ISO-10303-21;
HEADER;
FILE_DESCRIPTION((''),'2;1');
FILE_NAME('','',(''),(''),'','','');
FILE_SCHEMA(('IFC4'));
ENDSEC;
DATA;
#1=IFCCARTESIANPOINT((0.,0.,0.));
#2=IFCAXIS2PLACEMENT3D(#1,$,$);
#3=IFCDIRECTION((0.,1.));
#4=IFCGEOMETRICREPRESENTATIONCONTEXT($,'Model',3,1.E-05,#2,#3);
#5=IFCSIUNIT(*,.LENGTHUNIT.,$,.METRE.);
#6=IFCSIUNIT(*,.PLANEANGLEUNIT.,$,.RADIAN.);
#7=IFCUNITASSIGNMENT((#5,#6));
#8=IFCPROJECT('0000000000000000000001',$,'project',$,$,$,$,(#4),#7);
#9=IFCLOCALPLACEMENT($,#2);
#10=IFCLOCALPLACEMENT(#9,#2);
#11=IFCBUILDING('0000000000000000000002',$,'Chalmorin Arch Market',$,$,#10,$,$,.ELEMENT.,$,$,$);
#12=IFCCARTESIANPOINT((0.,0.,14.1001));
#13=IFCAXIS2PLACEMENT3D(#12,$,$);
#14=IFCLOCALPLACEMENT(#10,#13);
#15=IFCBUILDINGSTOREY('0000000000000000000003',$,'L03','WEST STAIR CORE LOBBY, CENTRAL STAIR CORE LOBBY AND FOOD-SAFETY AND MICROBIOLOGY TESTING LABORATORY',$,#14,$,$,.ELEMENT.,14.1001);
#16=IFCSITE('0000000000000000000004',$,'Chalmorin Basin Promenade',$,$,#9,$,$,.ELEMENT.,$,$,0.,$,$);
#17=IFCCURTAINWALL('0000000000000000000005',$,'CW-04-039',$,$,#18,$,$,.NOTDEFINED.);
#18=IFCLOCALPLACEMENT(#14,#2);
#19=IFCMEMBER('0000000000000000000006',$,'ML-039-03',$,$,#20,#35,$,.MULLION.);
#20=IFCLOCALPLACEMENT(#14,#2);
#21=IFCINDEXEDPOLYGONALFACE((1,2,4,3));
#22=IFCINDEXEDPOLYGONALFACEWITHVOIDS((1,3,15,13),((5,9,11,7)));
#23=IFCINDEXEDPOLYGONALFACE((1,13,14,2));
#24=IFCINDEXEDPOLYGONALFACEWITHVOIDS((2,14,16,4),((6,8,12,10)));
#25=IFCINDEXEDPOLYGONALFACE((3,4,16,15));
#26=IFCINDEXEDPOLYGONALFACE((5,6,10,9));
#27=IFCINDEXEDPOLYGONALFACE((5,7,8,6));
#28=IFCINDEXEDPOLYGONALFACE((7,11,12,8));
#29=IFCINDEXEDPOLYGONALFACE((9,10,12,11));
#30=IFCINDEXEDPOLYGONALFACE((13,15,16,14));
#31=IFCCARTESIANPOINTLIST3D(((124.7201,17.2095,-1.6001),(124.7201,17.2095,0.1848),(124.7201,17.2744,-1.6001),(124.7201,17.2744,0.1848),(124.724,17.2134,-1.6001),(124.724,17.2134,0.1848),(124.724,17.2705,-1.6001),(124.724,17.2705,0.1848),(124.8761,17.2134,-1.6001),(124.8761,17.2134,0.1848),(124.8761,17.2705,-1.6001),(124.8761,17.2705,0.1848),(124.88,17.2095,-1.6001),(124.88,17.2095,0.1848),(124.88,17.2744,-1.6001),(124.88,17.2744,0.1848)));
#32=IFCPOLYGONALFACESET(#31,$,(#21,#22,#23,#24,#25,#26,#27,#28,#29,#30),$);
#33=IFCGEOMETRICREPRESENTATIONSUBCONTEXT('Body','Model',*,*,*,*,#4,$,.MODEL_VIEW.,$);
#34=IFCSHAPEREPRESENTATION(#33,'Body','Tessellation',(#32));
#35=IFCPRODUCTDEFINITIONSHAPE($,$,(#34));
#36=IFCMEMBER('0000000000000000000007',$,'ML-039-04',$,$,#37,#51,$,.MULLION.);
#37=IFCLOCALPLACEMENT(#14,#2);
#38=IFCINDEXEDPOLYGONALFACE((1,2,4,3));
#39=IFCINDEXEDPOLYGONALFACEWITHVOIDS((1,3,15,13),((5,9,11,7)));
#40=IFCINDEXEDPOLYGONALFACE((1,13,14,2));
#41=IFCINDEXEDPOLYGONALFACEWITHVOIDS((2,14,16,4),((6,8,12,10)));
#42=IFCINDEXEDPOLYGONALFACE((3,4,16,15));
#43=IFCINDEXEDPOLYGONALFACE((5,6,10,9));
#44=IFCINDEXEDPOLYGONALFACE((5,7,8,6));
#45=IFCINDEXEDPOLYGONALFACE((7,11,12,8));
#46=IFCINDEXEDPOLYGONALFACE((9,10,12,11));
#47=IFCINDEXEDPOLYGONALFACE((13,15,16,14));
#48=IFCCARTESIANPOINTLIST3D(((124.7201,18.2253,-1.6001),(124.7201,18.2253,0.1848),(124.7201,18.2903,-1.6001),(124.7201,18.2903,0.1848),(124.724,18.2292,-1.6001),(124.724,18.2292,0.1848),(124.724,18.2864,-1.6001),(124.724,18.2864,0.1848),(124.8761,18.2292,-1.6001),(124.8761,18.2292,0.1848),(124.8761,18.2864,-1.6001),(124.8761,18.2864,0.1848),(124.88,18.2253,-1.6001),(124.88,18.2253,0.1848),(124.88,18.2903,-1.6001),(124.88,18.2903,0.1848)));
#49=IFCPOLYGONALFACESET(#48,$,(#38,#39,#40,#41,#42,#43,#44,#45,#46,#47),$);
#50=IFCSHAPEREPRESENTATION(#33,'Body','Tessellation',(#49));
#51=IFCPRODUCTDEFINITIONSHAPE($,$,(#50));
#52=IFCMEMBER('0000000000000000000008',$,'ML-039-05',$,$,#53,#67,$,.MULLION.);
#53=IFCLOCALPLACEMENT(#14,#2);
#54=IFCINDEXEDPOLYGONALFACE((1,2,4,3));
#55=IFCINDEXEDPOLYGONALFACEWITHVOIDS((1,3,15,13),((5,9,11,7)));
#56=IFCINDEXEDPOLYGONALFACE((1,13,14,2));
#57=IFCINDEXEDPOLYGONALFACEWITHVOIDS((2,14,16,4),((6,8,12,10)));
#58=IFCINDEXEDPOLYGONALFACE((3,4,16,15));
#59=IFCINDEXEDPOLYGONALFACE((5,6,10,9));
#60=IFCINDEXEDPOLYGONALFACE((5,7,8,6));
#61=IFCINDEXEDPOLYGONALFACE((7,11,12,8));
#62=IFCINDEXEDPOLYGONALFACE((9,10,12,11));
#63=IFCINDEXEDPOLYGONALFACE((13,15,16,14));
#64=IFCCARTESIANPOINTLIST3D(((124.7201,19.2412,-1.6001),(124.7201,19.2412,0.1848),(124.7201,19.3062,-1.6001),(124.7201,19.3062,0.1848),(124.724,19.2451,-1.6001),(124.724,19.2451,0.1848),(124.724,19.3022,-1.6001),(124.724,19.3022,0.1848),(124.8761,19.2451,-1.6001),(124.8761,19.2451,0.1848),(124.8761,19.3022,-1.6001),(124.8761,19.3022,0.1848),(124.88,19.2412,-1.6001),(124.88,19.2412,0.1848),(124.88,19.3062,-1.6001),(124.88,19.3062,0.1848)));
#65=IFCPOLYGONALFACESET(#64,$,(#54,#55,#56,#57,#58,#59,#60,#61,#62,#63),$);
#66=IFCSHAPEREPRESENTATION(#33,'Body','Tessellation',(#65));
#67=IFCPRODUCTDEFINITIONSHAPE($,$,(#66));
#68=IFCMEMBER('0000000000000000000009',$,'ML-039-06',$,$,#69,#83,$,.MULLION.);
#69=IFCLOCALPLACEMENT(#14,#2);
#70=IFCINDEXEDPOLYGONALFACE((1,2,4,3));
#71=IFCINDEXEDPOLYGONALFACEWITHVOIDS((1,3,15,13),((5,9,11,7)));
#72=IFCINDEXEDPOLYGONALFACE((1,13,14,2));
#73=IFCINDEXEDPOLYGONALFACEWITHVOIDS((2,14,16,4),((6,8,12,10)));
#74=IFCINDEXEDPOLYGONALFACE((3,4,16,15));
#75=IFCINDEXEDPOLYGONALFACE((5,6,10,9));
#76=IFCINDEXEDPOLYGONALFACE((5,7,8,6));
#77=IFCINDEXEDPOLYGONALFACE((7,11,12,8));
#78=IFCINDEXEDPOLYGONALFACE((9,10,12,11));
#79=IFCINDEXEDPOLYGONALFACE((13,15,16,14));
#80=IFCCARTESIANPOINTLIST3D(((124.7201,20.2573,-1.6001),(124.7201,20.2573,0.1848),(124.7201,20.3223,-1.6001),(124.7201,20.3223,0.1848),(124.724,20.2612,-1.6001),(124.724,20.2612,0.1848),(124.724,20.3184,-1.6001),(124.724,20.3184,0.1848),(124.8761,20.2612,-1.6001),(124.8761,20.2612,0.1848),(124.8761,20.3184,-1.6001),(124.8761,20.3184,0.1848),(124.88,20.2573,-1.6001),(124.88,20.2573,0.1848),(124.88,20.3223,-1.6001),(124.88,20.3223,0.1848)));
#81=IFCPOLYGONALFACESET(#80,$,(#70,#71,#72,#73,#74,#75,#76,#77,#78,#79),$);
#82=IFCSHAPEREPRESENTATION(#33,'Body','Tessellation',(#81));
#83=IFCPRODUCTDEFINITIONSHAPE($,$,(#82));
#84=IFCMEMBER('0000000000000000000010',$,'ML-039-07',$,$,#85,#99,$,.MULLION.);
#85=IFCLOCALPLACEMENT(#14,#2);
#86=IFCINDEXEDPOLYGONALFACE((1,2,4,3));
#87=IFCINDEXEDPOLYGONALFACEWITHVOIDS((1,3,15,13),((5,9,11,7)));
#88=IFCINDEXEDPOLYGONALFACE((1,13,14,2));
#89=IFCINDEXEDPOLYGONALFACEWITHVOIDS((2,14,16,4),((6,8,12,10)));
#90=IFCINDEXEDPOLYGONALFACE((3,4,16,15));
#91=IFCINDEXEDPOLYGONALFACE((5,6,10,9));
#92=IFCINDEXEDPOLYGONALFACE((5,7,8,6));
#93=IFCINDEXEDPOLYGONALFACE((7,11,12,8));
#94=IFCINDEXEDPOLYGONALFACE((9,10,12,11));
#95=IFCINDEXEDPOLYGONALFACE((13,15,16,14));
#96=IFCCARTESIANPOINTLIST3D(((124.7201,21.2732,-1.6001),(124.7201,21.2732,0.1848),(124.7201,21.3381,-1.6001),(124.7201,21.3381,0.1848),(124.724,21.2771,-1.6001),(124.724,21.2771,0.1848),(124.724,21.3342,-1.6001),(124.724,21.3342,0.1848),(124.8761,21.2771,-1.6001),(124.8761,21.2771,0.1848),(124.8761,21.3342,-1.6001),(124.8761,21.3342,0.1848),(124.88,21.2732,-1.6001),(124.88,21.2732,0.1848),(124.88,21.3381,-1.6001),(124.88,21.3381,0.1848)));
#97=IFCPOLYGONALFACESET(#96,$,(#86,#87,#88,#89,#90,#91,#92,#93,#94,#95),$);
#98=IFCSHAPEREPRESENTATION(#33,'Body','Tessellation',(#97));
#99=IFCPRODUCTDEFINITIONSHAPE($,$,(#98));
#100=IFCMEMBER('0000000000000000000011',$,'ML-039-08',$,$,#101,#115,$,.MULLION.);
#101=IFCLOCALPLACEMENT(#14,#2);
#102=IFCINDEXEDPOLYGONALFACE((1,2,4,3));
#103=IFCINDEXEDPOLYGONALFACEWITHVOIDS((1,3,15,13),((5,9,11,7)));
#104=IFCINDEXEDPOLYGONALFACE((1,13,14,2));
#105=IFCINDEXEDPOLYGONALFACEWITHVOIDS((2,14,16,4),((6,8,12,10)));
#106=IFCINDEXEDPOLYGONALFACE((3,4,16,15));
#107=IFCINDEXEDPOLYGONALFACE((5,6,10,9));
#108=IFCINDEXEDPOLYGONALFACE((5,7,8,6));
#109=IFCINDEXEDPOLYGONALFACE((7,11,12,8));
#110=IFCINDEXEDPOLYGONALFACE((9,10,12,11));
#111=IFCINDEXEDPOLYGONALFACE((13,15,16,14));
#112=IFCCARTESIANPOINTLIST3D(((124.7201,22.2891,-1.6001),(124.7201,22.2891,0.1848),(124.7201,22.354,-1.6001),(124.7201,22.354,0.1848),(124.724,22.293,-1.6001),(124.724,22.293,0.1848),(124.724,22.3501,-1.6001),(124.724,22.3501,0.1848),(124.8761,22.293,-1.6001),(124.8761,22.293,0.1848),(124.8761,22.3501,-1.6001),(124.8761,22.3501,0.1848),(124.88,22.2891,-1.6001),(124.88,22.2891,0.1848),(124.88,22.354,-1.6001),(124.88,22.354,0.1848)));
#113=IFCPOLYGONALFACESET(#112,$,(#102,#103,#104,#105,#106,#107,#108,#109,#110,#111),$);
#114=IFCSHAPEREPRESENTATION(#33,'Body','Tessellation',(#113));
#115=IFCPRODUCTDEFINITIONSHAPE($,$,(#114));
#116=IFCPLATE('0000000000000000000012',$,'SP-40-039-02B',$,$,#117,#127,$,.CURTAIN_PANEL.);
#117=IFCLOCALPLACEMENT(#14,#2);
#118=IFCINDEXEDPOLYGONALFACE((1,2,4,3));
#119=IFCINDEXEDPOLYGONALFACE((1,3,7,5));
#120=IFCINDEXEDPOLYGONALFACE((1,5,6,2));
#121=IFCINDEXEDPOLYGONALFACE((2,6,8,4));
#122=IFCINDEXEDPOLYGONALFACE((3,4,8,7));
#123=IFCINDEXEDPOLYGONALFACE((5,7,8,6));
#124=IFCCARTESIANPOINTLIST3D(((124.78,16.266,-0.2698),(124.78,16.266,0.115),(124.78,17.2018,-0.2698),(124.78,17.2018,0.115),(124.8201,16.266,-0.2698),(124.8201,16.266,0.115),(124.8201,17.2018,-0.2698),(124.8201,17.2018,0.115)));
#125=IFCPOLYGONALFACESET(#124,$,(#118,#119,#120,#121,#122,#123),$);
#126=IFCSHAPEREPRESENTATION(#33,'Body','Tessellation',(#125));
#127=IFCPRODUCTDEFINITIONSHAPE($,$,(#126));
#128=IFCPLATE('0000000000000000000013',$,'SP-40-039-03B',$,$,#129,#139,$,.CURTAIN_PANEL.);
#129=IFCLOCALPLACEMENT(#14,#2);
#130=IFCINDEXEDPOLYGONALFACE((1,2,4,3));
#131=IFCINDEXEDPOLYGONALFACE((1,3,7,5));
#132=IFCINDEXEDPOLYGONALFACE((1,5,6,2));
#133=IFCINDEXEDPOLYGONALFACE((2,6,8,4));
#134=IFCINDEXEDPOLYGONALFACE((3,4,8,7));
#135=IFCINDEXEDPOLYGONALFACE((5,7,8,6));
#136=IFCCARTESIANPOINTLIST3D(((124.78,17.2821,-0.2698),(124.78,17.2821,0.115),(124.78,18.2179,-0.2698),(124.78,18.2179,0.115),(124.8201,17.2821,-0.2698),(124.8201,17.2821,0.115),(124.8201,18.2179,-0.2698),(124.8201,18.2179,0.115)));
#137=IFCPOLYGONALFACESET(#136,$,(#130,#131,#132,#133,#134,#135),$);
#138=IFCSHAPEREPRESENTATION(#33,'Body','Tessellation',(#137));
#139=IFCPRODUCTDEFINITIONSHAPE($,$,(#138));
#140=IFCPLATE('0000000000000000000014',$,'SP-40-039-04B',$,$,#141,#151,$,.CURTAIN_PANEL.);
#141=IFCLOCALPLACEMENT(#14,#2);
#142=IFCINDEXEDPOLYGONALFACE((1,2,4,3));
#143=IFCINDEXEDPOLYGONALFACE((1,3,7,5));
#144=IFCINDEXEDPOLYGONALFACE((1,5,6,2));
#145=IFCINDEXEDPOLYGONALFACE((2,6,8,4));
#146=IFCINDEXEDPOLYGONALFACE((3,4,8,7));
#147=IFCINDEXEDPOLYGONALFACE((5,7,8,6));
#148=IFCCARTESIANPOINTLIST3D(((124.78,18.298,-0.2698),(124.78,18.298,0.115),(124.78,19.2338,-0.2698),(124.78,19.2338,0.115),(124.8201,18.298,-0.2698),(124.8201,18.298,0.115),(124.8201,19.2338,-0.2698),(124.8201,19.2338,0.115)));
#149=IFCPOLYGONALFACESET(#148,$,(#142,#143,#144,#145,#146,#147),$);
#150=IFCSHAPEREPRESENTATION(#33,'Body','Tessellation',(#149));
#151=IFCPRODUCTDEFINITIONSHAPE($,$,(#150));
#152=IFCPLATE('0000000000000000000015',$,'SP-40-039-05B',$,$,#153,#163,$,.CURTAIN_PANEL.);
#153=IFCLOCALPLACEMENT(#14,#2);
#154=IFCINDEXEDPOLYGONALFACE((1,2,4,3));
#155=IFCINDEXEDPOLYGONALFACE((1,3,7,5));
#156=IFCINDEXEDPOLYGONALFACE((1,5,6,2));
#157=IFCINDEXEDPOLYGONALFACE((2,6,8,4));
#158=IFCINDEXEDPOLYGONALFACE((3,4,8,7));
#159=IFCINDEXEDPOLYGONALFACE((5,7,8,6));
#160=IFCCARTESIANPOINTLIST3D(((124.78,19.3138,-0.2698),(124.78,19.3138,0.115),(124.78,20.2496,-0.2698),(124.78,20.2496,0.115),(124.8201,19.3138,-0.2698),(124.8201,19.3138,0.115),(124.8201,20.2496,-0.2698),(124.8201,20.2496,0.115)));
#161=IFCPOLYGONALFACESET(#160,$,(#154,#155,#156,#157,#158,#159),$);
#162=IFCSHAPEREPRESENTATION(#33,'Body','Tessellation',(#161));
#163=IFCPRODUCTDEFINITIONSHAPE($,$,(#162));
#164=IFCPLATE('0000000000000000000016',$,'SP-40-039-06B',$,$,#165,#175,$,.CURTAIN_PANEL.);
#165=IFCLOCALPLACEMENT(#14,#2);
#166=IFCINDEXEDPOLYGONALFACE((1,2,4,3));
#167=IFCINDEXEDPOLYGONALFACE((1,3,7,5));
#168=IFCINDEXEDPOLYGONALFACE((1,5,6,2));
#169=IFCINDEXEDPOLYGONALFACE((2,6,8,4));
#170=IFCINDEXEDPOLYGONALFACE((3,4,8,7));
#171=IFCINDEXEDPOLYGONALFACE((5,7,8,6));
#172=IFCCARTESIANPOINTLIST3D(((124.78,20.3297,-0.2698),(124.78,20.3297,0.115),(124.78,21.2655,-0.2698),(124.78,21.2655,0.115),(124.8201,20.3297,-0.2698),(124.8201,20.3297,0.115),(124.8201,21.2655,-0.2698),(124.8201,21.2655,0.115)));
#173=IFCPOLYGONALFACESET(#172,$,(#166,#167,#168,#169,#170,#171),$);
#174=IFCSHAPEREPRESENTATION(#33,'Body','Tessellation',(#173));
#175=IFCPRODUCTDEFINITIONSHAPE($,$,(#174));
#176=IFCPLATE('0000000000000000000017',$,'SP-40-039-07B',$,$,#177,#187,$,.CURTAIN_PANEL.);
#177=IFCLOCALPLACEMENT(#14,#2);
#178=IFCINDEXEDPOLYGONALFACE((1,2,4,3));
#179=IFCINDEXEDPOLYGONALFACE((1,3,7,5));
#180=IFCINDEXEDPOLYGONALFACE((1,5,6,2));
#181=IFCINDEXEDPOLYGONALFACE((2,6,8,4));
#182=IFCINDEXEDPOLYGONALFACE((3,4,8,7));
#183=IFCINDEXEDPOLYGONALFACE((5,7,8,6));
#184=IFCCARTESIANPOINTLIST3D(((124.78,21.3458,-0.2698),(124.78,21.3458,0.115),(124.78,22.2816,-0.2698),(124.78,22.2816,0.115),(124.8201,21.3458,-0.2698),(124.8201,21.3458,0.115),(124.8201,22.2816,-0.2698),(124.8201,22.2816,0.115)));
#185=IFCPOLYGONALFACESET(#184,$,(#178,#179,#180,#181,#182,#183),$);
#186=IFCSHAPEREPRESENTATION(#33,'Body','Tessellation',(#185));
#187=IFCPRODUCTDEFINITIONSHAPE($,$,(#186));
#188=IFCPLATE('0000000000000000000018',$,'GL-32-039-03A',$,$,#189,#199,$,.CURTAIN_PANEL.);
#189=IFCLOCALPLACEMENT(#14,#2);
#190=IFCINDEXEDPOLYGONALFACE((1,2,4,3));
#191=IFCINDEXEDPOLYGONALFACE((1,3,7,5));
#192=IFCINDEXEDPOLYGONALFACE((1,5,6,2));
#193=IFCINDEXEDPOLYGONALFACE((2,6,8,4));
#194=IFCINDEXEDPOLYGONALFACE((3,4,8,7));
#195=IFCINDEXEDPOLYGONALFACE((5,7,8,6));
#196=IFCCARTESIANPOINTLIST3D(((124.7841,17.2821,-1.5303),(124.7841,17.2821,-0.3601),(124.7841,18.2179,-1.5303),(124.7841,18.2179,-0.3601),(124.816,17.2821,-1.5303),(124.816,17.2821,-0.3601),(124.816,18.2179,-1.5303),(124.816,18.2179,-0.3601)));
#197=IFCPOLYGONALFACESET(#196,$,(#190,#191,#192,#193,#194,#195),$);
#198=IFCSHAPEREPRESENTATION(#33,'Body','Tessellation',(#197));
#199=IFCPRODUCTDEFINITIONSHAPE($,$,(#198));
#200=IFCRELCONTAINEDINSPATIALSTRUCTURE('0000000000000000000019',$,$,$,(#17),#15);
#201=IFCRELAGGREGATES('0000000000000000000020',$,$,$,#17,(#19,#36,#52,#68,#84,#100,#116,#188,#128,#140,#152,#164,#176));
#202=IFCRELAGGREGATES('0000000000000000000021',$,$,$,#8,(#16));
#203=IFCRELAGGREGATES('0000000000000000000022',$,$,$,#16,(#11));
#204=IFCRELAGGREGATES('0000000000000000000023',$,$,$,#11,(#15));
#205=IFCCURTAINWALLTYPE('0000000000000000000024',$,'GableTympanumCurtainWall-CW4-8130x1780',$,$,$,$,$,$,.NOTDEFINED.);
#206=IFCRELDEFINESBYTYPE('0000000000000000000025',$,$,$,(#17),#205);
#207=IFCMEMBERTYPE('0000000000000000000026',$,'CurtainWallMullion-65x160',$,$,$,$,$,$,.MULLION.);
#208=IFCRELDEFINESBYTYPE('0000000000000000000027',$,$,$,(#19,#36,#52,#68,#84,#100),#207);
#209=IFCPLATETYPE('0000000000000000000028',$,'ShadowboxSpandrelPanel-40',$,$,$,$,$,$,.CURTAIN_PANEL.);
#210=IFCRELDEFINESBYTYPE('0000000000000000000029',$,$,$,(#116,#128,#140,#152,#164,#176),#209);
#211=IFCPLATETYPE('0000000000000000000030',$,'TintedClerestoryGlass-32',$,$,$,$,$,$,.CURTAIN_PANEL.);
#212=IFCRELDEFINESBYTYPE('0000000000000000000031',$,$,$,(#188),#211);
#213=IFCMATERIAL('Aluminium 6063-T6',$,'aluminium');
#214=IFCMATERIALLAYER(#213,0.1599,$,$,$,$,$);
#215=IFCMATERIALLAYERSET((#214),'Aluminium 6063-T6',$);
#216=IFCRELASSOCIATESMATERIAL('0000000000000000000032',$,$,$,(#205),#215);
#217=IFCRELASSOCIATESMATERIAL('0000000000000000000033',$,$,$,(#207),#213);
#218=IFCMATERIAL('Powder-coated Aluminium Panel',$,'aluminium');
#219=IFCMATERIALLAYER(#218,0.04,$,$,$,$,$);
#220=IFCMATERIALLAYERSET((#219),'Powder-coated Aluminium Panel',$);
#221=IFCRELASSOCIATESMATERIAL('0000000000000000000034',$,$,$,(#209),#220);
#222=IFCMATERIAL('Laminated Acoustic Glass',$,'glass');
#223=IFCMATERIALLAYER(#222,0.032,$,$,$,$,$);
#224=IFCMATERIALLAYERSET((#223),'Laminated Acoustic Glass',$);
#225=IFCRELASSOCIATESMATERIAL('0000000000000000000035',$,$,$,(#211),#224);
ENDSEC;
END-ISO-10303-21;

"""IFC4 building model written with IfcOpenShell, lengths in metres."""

from ifc_helpers import new_model, si_unit, direction, frame, origin, origin_2d, place, context, subcontext, project, spatial, rectangle, hollow_rectangle, extrude, material, layer, layer_set, material_profile, profile_set, type_object, element, aggregate, save


model = new_model("IFC4")

# Units and contexts
model_context = context("Model", 3, precision=1e-05, world=origin(), true_north=direction((0.0, 1.0)))
body_context = subcontext(model_context, "Body", "Model", "MODEL_VIEW")
ifc_project = project(units=[si_unit("LENGTHUNIT", "METRE"), si_unit("PLANEANGLEUNIT", "RADIAN")], contexts=[model_context])

# Site, building, storey
site_placement = place(None, origin())
site = spatial("IfcSite", under=ifc_project, at=site_placement, Name="Chalmorin Basin Promenade", CompositionType="ELEMENT", RefElevation=0.0)
building_placement = place(site_placement, origin())
building = spatial("IfcBuilding", under=site, at=building_placement, Name="Chalmorin Arch Market", CompositionType="ELEMENT")
storey_placement = place(building_placement, frame((0.0, 0.0, 14.1001)))
storey = spatial("IfcBuildingStorey", under=building, at=storey_placement, Name="L03", Description="WEST STAIR CORE LOBBY, CENTRAL STAIR CORE LOBBY AND FOOD-SAFETY AND MICROBIOLOGY TESTING LABORATORY", CompositionType="ELEMENT", Elevation=14.1001)

# Curtain wall, members, plates
ifc_material_1 = material(Name="Aluminium 6063-T6", Category="aluminium")
ifc_layer_1 = layer(ifc_material_1, 0.1599)
ifc_layer_set_1 = layer_set([ifc_layer_1], Name="Aluminium 6063-T6")
curtain_wall_type = type_object("IfcCurtainWallType", Name="GableTympanumCurtainWall-CW4-8130x1780", PredefinedType="NOTDEFINED", material=ifc_layer_set_1)
curtain_wall_placement = place(storey_placement, origin())
curtain_wall = element("IfcCurtainWall", 1, at=curtain_wall_placement, inside=storey, type_object=curtain_wall_type, Name="CW-04-039", PredefinedType="NOTDEFINED")
ifc_material_profile = material_profile(ifc_material_1, hollow_rectangle(XDim=0.0649, YDim=0.1599, WallThickness=0.0039, at=origin_2d()), Name="ALU65X160X4")
ifc_profile_set = profile_set([ifc_material_profile], Name="Aluminium 6063-T6")
member_type = type_object("IfcMemberType", Name="CurtainWallMullion-65x160", PredefinedType="MULLION", material=ifc_profile_set)
member_1_placement = place(storey_placement, frame((124.8, 17.2419, -1.6001), z_axis=(0.0, 0.0, 1.0), x_axis=(0.0, 1.0, 0.0)))
member_1 = element("IfcMember", 2, at=member_1_placement, type_object=member_type, Name="ML-039-03", PredefinedType="MULLION", context=body_context, shape_type="SweptSolid", body=[
    extrude(hollow_rectangle(XDim=0.0649, YDim=0.1599, WallThickness=0.0039, at=origin_2d()), origin(), (0.0, 0.0, 1.0), 1.7849),
])
member_2_placement = place(storey_placement, frame((124.8, 18.2578, -1.6001), z_axis=(0.0, 0.0, 1.0), x_axis=(0.0, 1.0, 0.0)))
member_2 = element("IfcMember", 3, at=member_2_placement, type_object=member_type, Name="ML-039-04", PredefinedType="MULLION", context=body_context, shape_type="SweptSolid", body=[
    extrude(hollow_rectangle(XDim=0.0649, YDim=0.1599, WallThickness=0.0039, at=origin_2d()), origin(), (0.0, 0.0, 1.0), 1.7849),
])
member_3_placement = place(storey_placement, frame((124.8, 19.2737, -1.6001), z_axis=(0.0, 0.0, 1.0), x_axis=(0.0, 1.0, 0.0)))
member_3 = element("IfcMember", 4, at=member_3_placement, type_object=member_type, Name="ML-039-05", PredefinedType="MULLION", context=body_context, shape_type="SweptSolid", body=[
    extrude(hollow_rectangle(XDim=0.0649, YDim=0.1599, WallThickness=0.0039, at=origin_2d()), origin(), (0.0, 0.0, 1.0), 1.7849),
])
member_4_placement = place(storey_placement, frame((124.8, 20.2898, -1.6001), z_axis=(0.0, 0.0, 1.0), x_axis=(0.0, 1.0, 0.0)))
member_4 = element("IfcMember", 5, at=member_4_placement, type_object=member_type, Name="ML-039-06", PredefinedType="MULLION", context=body_context, shape_type="SweptSolid", body=[
    extrude(hollow_rectangle(XDim=0.0649, YDim=0.1599, WallThickness=0.0039, at=origin_2d()), origin(), (0.0, 0.0, 1.0), 1.7849),
])
member_5_placement = place(storey_placement, frame((124.8, 21.3057, -1.6001), z_axis=(0.0, 0.0, 1.0), x_axis=(0.0, 1.0, 0.0)))
member_5 = element("IfcMember", 6, at=member_5_placement, type_object=member_type, Name="ML-039-07", PredefinedType="MULLION", context=body_context, shape_type="SweptSolid", body=[
    extrude(hollow_rectangle(XDim=0.0649, YDim=0.1599, WallThickness=0.0039, at=origin_2d()), origin(), (0.0, 0.0, 1.0), 1.7849),
])
member_6_placement = place(storey_placement, frame((124.8, 22.3215, -1.6001), z_axis=(0.0, 0.0, 1.0), x_axis=(0.0, 1.0, 0.0)))
member_6 = element("IfcMember", 7, at=member_6_placement, type_object=member_type, Name="ML-039-08", PredefinedType="MULLION", context=body_context, shape_type="SweptSolid", body=[
    extrude(hollow_rectangle(XDim=0.0649, YDim=0.1599, WallThickness=0.0039, at=origin_2d()), origin(), (0.0, 0.0, 1.0), 1.7849),
])
ifc_material_2 = material(Name="Powder-coated Aluminium Panel", Category="aluminium")
ifc_layer_2 = layer(ifc_material_2, 0.04)
ifc_layer_set_2 = layer_set([ifc_layer_2], Name="Powder-coated Aluminium Panel")
plate_type_1 = type_object("IfcPlateType", Name="ShadowboxSpandrelPanel-40", PredefinedType="CURTAIN_PANEL", material=ifc_layer_set_2)
plate_1_placement = place(storey_placement, frame((124.8, 16.7339, -0.2698), z_axis=(0.0, 0.0, 1.0), x_axis=(0.0, 1.0, 0.0)))
plate_1 = element("IfcPlate", 8, at=plate_1_placement, type_object=plate_type_1, Name="SP-40-039-02B", PredefinedType="CURTAIN_PANEL", context=body_context, shape_type="SweptSolid", body=[
    extrude(rectangle(XDim=0.9358, YDim=0.04, at=origin_2d()), origin(), (0.0, 0.0, 1.0), 0.3848),
])
plate_2_placement = place(storey_placement, frame((124.8, 17.75, -0.2698), z_axis=(0.0, 0.0, 1.0), x_axis=(0.0, 1.0, 0.0)))
plate_2 = element("IfcPlate", 9, at=plate_2_placement, type_object=plate_type_1, Name="SP-40-039-03B", PredefinedType="CURTAIN_PANEL", context=body_context, shape_type="SweptSolid", body=[
    extrude(rectangle(XDim=0.9358, YDim=0.04, at=origin_2d()), origin(), (0.0, 0.0, 1.0), 0.3848),
])
plate_3_placement = place(storey_placement, frame((124.8, 18.7659, -0.2698), z_axis=(0.0, 0.0, 1.0), x_axis=(0.0, 1.0, 0.0)))
plate_3 = element("IfcPlate", 10, at=plate_3_placement, type_object=plate_type_1, Name="SP-40-039-04B", PredefinedType="CURTAIN_PANEL", context=body_context, shape_type="SweptSolid", body=[
    extrude(rectangle(XDim=0.9358, YDim=0.04, at=origin_2d()), origin(), (0.0, 0.0, 1.0), 0.3848),
])
plate_4_placement = place(storey_placement, frame((124.8, 19.7817, -0.2698), z_axis=(0.0, 0.0, 1.0), x_axis=(0.0, 1.0, 0.0)))
plate_4 = element("IfcPlate", 11, at=plate_4_placement, type_object=plate_type_1, Name="SP-40-039-05B", PredefinedType="CURTAIN_PANEL", context=body_context, shape_type="SweptSolid", body=[
    extrude(rectangle(XDim=0.9358, YDim=0.04, at=origin_2d()), origin(), (0.0, 0.0, 1.0), 0.3848),
])
plate_5_placement = place(storey_placement, frame((124.8, 20.7976, -0.2698), z_axis=(0.0, 0.0, 1.0), x_axis=(0.0, 1.0, 0.0)))
plate_5 = element("IfcPlate", 12, at=plate_5_placement, type_object=plate_type_1, Name="SP-40-039-06B", PredefinedType="CURTAIN_PANEL", context=body_context, shape_type="SweptSolid", body=[
    extrude(rectangle(XDim=0.9358, YDim=0.04, at=origin_2d()), origin(), (0.0, 0.0, 1.0), 0.3848),
])
plate_6_placement = place(storey_placement, frame((124.8, 21.8137, -0.2698), z_axis=(0.0, 0.0, 1.0), x_axis=(0.0, 1.0, 0.0)))
plate_6 = element("IfcPlate", 13, at=plate_6_placement, type_object=plate_type_1, Name="SP-40-039-07B", PredefinedType="CURTAIN_PANEL", context=body_context, shape_type="SweptSolid", body=[
    extrude(rectangle(XDim=0.9358, YDim=0.04, at=origin_2d()), origin(), (0.0, 0.0, 1.0), 0.3848),
])
ifc_material_3 = material(Name="Laminated Acoustic Glass", Category="glass")
ifc_layer_3 = layer(ifc_material_3, 0.032)
ifc_layer_set_3 = layer_set([ifc_layer_3], Name="Laminated Acoustic Glass")
plate_type_2 = type_object("IfcPlateType", Name="TintedClerestoryGlass-32", PredefinedType="CURTAIN_PANEL", material=ifc_layer_set_3)
plate_7_placement = place(storey_placement, frame((124.8, 17.75, -1.5303), z_axis=(0.0, 0.0, 1.0), x_axis=(0.0, 1.0, 0.0)))
plate_7 = element("IfcPlate", 14, at=plate_7_placement, type_object=plate_type_2, Name="GL-32-039-03A", PredefinedType="CURTAIN_PANEL", context=body_context, shape_type="SweptSolid", body=[
    extrude(rectangle(XDim=0.9358, YDim=0.032, at=origin_2d()), origin(), (0.0, 0.0, 1.0), 1.1702),
])
aggregate(curtain_wall, [member_1, member_2, member_3, member_4, member_5, member_6, plate_1, plate_7, plate_2, plate_3, plate_4, plate_5, plate_6])

save(model, "model.ifc")
